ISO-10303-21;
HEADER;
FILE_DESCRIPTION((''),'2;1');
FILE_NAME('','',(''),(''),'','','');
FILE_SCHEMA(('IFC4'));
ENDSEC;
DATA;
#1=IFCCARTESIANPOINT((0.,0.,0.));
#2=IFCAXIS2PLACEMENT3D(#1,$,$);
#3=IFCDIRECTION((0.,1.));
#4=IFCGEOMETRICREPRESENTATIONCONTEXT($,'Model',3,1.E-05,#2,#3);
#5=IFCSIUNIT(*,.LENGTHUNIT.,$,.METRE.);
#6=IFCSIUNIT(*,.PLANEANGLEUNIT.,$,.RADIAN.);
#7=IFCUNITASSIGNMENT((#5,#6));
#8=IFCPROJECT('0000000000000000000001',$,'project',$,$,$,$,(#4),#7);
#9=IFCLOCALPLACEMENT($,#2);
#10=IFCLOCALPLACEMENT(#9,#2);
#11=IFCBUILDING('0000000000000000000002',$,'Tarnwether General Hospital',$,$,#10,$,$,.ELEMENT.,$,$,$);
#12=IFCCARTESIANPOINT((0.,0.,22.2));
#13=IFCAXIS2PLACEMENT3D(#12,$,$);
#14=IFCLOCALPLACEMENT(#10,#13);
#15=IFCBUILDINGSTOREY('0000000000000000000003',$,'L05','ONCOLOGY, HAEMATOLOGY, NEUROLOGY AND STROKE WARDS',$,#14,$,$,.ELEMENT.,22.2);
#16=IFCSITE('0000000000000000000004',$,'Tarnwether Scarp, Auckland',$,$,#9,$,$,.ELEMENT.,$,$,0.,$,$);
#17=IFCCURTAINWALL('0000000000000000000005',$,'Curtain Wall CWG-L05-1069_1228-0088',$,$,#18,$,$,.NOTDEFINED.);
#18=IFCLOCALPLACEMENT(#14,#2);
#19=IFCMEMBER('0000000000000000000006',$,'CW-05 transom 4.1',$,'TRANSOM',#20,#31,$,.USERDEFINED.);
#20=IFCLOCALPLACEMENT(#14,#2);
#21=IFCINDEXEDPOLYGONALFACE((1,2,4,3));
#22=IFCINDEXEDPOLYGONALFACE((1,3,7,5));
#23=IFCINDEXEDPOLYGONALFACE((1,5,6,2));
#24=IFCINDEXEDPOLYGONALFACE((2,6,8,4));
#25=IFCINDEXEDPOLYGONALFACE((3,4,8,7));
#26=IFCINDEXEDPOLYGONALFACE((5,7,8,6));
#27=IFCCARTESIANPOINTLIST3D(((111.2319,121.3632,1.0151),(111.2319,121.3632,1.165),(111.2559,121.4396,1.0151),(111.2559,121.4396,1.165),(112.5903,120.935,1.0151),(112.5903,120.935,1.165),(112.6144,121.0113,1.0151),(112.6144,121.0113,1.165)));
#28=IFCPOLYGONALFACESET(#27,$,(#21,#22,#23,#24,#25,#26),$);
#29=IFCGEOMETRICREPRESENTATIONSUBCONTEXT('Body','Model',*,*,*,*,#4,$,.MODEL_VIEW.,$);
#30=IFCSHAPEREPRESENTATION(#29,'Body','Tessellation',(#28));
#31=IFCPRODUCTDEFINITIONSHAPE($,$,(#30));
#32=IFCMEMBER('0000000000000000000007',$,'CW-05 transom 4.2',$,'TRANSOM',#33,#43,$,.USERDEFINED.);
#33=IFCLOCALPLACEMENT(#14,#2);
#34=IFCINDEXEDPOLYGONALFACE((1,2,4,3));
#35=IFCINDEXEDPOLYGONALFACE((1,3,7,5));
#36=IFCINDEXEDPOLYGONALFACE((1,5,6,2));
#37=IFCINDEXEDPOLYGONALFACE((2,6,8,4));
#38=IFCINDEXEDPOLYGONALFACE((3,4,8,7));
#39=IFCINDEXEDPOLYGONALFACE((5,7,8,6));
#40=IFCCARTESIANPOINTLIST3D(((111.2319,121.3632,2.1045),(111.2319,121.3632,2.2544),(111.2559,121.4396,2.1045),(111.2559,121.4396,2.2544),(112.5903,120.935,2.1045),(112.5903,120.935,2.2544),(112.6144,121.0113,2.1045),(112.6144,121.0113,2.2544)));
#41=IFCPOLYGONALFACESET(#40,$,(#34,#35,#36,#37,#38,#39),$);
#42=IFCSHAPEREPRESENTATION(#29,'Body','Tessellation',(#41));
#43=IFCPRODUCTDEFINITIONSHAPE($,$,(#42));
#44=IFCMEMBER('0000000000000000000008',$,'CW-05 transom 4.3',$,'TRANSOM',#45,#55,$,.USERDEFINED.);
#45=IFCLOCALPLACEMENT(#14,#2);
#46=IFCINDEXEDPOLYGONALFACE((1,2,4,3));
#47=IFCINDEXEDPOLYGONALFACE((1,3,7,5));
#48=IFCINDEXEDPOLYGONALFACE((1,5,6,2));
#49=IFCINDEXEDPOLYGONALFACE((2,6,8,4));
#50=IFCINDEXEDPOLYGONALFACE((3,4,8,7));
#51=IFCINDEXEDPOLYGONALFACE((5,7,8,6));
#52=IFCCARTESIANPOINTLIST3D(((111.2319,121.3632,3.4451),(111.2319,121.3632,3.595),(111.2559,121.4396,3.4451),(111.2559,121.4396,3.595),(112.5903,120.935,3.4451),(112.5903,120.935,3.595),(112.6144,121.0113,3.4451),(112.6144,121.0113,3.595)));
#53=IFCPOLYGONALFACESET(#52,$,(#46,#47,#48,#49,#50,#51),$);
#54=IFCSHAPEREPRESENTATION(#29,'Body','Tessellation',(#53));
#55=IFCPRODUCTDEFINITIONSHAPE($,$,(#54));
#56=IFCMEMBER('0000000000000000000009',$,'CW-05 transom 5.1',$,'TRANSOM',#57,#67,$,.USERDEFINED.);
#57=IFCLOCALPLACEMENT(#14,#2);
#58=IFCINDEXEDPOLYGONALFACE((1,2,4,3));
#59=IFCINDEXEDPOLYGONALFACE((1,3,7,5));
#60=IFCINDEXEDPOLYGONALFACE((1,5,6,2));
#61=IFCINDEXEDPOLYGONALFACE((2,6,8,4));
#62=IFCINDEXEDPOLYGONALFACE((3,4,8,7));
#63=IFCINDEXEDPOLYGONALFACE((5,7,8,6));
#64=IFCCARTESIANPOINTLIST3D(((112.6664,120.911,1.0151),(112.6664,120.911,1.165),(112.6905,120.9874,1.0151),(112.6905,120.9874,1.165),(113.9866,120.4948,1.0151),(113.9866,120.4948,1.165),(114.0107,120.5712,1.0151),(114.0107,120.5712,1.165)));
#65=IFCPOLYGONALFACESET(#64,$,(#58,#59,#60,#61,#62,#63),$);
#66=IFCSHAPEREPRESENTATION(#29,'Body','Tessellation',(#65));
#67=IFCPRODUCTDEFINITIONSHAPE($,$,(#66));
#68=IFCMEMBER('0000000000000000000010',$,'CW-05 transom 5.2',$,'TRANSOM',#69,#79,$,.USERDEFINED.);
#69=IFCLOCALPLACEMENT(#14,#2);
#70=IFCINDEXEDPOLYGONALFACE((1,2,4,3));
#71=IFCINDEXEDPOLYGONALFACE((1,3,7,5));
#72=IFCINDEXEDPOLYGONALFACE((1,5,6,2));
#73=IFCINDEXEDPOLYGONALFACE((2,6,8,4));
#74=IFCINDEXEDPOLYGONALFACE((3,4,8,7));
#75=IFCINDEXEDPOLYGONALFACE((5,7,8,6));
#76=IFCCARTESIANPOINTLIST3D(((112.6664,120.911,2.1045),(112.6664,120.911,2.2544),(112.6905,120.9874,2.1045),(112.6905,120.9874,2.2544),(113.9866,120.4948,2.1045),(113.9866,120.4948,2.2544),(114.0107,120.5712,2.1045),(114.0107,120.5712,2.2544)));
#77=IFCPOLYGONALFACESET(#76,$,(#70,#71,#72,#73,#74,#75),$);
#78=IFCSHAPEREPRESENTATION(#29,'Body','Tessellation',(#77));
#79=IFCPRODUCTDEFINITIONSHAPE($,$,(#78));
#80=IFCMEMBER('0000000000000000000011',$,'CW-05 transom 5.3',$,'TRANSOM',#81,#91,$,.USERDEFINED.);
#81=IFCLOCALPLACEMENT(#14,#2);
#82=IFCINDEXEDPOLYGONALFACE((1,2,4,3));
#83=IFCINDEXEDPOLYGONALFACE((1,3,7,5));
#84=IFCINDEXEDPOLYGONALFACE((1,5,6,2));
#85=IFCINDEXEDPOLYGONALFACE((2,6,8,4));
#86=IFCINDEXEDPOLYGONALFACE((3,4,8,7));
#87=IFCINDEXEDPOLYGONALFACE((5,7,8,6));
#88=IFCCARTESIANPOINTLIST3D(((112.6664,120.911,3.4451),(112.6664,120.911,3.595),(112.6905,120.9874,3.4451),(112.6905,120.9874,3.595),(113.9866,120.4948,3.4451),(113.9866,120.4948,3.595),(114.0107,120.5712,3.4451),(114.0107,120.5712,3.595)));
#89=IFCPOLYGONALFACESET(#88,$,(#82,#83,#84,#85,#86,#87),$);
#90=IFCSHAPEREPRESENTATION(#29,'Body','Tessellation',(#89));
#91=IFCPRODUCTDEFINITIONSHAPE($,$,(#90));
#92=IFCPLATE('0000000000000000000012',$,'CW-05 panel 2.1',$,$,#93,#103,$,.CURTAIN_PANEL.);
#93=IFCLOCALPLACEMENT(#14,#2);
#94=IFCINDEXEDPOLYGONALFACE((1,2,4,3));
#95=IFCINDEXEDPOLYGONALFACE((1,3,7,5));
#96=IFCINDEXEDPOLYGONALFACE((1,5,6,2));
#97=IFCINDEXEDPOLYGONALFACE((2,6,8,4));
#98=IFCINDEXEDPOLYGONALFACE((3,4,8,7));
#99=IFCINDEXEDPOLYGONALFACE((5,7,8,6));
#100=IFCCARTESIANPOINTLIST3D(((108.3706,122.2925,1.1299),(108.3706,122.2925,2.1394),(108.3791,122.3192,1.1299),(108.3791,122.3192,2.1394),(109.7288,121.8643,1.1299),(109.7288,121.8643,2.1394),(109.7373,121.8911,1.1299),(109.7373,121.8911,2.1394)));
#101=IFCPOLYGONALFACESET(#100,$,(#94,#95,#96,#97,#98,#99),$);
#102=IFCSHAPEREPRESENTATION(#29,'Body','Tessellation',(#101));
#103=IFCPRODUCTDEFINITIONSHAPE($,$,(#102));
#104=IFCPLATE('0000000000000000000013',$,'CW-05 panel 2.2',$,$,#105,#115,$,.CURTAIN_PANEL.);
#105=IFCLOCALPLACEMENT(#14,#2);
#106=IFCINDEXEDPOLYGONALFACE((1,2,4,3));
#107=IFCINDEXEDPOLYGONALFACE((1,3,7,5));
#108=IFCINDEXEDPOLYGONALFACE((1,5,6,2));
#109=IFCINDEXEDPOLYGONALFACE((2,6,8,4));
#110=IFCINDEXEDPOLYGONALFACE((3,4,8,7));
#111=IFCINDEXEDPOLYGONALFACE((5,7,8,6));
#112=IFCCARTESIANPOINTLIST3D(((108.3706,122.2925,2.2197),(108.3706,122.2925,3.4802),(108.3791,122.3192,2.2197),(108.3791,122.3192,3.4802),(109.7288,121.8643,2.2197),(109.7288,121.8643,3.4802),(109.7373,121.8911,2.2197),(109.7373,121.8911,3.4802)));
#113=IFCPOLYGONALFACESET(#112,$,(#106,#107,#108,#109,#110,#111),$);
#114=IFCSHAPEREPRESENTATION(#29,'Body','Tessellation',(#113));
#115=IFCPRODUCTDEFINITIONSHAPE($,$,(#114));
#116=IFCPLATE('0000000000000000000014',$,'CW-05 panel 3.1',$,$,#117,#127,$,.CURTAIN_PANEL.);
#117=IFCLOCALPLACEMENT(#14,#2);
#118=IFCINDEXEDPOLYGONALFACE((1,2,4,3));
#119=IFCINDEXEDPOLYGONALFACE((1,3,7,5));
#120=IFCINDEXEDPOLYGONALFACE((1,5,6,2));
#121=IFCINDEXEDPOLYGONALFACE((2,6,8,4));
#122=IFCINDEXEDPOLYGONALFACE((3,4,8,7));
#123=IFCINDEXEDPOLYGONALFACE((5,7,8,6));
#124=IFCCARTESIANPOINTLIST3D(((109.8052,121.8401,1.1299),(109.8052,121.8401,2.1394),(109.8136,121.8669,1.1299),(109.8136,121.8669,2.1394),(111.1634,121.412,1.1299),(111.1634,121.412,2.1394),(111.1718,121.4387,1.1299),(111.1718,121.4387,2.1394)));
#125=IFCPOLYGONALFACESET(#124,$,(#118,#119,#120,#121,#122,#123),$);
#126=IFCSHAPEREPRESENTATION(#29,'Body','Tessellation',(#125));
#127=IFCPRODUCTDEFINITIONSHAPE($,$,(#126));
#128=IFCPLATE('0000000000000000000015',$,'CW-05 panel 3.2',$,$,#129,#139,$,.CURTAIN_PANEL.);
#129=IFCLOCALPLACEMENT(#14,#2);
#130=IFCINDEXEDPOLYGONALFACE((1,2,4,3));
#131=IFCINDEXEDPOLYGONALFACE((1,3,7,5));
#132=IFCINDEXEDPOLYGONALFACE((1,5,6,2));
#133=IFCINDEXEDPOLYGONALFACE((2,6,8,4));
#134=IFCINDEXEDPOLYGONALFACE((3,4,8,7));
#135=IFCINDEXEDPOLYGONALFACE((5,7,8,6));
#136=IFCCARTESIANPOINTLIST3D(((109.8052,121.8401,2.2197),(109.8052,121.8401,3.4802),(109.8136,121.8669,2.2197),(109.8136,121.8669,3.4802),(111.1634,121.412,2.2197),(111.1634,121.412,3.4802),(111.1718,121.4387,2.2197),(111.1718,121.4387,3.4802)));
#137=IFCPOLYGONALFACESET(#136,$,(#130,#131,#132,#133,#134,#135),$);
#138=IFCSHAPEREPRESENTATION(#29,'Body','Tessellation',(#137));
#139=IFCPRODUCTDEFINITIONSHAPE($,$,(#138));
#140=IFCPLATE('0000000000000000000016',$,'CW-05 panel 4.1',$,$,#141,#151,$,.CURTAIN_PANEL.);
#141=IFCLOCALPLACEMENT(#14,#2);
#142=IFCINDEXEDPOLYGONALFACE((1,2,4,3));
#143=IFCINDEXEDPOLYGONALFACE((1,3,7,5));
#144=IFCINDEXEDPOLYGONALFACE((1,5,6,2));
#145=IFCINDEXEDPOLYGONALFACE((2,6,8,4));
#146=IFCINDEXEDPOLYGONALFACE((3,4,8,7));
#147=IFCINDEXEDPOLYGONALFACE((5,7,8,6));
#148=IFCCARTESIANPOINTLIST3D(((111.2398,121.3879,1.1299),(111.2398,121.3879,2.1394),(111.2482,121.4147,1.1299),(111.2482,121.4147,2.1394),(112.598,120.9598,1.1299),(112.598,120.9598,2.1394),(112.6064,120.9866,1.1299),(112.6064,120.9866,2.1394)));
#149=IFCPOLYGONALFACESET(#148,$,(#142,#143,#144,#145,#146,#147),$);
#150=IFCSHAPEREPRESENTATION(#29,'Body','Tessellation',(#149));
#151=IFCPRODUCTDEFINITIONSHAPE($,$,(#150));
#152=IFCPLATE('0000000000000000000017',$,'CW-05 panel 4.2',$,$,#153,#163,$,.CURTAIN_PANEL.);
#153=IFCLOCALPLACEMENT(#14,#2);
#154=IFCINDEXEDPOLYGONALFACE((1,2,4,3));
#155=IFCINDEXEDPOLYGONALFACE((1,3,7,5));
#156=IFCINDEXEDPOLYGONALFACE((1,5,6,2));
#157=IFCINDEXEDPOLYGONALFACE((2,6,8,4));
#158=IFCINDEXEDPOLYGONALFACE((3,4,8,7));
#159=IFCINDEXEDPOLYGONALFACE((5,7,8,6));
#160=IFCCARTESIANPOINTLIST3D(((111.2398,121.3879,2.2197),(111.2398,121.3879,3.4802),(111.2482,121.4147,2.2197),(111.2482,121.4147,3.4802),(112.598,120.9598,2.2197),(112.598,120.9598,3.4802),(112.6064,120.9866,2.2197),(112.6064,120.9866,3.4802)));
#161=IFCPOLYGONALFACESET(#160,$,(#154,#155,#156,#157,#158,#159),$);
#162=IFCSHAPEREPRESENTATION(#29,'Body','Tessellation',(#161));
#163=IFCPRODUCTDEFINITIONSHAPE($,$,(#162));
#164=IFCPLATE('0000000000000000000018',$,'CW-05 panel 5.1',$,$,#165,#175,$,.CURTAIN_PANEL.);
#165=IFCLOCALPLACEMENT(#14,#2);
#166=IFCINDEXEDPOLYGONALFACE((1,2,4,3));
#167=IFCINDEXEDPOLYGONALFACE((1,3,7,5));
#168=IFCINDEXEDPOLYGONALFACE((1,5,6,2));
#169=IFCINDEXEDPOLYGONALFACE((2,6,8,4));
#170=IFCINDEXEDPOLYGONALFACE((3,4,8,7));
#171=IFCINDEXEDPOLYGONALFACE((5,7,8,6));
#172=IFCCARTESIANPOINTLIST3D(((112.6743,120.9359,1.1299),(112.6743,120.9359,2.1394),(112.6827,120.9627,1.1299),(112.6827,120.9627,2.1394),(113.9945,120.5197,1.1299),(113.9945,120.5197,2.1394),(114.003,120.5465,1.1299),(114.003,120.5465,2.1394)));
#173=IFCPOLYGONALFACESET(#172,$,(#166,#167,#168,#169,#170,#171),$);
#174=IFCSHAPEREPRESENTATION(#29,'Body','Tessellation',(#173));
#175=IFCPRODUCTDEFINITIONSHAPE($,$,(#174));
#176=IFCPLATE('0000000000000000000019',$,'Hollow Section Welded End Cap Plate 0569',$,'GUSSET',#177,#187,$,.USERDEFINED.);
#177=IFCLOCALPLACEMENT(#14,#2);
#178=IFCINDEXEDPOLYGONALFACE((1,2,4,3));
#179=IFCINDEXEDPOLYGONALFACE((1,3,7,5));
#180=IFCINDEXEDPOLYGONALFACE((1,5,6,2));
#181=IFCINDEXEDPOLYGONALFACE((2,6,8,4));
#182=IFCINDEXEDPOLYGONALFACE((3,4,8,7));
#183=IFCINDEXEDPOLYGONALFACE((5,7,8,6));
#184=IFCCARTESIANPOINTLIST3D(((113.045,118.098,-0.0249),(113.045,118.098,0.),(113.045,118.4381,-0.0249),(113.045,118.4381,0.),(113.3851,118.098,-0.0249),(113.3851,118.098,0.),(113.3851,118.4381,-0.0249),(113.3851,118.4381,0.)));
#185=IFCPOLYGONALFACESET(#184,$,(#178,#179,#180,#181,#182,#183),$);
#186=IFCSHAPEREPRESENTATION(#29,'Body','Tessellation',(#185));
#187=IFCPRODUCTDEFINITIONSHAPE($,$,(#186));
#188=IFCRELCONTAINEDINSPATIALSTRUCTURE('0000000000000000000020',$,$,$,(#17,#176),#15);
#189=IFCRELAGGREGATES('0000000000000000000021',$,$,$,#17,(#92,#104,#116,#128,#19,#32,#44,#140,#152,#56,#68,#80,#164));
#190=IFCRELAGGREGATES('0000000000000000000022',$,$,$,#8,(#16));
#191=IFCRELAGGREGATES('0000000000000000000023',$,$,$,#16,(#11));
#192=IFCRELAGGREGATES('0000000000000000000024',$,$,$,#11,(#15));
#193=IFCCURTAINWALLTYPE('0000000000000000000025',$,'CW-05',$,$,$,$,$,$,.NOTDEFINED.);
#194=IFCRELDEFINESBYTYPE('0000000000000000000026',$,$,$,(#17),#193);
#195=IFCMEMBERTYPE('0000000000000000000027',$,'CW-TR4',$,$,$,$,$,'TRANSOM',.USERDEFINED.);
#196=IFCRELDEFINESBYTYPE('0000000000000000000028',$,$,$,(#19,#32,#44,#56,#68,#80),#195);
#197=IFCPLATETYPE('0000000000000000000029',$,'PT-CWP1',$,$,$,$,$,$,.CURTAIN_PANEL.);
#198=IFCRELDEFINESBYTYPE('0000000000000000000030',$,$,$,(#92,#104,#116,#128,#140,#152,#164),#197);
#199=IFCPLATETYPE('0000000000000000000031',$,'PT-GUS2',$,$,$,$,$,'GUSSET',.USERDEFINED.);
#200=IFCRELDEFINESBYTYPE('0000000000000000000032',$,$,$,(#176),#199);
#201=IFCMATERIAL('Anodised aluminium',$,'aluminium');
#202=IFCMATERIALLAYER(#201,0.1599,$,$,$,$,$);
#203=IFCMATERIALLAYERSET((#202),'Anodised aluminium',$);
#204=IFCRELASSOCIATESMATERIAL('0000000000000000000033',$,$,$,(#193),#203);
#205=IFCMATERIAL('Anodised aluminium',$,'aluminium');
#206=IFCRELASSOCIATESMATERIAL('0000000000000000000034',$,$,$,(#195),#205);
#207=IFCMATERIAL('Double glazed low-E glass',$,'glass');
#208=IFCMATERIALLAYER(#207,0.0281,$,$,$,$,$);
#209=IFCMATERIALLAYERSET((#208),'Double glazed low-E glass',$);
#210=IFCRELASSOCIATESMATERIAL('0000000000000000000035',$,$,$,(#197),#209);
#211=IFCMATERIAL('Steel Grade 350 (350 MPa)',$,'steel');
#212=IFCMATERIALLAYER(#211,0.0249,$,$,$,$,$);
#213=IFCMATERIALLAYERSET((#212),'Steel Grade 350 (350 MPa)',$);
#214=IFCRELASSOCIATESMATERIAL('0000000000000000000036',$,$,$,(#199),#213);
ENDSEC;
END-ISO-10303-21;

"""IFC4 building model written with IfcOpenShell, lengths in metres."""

from ifc_helpers import new_model, si_unit, direction, frame, origin, origin_2d, place, context, subcontext, project, spatial, rectangle, extrude, material, layer, layer_set, material_profile, profile_set, type_object, element, aggregate, save


model = new_model("IFC4")

# Units and contexts
model_context = context("Model", 3, precision=1e-05, world=origin(), true_north=direction((0.0, 1.0)))
body_context = subcontext(model_context, "Body", "Model", "MODEL_VIEW")
ifc_project = project(units=[si_unit("LENGTHUNIT", "METRE"), si_unit("PLANEANGLEUNIT", "RADIAN")], contexts=[model_context])

# Site, building, storey
site_placement = place(None, origin())
site = spatial("IfcSite", under=ifc_project, at=site_placement, Name="Tarnwether Scarp, Auckland", CompositionType="ELEMENT", RefElevation=0.0)
building_placement = place(site_placement, origin())
building = spatial("IfcBuilding", under=site, at=building_placement, Name="Tarnwether General Hospital", CompositionType="ELEMENT")
storey_placement = place(building_placement, frame((0.0, 0.0, 22.2)))
storey = spatial("IfcBuildingStorey", under=building, at=storey_placement, Name="L05", Description="ONCOLOGY, HAEMATOLOGY, NEUROLOGY AND STROKE WARDS", CompositionType="ELEMENT", Elevation=22.2)

# Curtain wall, members, plates
ifc_material_1 = material(Name="Anodised aluminium", Category="aluminium")
ifc_layer_1 = layer(ifc_material_1, 0.1599)
ifc_layer_set_1 = layer_set([ifc_layer_1], Name="Anodised aluminium")
curtain_wall_type = type_object("IfcCurtainWallType", Name="CW-05", PredefinedType="NOTDEFINED", material=ifc_layer_set_1)
curtain_wall_placement = place(storey_placement, origin())
curtain_wall = element("IfcCurtainWall", 1, at=curtain_wall_placement, inside=storey, type_object=curtain_wall_type, Name="Curtain Wall CWG-L05-1069_1228-0088", PredefinedType="NOTDEFINED")
ifc_material_2 = material(Name="Anodised aluminium", Category="aluminium")
ifc_material_profile_1 = material_profile(ifc_material_2, rectangle(XDim=0.0801, YDim=0.1499, at=origin_2d()), Name="ALU-TRN-80x150")
ifc_profile_set_1 = profile_set([ifc_material_profile_1], Name="Anodised aluminium")
member_type_1 = type_object("IfcMemberType", Name="CW-TR4", ElementType="TRANSOM", PredefinedType="USERDEFINED", material=ifc_profile_set_1)
member_1_placement = place(storey_placement, frame((111.2439, 121.4014, 1.0901), z_axis=(0.953733, -0.300656, 0.0), x_axis=(0.300656, 0.953733, 0.0)))
member_1 = element("IfcMember", 2, at=member_1_placement, type_object=member_type_1, Name="CW-05 transom 4.1", ObjectType="TRANSOM", PredefinedType="USERDEFINED", context=body_context, shape_type="SweptSolid", body=[
    extrude(rectangle(XDim=0.0801, YDim=0.1499, at=origin_2d()), origin(), (0.0, 0.0, 1.0), 1.4243),
])
member_2_placement = place(storey_placement, frame((111.2439, 121.4014, 2.1794), z_axis=(0.953733, -0.300656, 0.0), x_axis=(0.300656, 0.953733, 0.0)))
member_2 = element("IfcMember", 3, at=member_2_placement, type_object=member_type_1, Name="CW-05 transom 4.2", ObjectType="TRANSOM", PredefinedType="USERDEFINED", context=body_context, shape_type="SweptSolid", body=[
    extrude(rectangle(XDim=0.0801, YDim=0.1499, at=origin_2d()), origin(), (0.0, 0.0, 1.0), 1.4243),
])
member_3_placement = place(storey_placement, frame((111.2439, 121.4014, 3.52), z_axis=(0.953733, -0.300656, 0.0), x_axis=(0.300656, 0.953733, 0.0)))
member_3 = element("IfcMember", 4, at=member_3_placement, type_object=member_type_1, Name="CW-05 transom 4.3", ObjectType="TRANSOM", PredefinedType="USERDEFINED", context=body_context, shape_type="SweptSolid", body=[
    extrude(rectangle(XDim=0.0801, YDim=0.1499, at=origin_2d()), origin(), (0.0, 0.0, 1.0), 1.4243),
])
member_4_placement = place(storey_placement, frame((112.6785, 120.9492, 1.0901), z_axis=(0.953724, -0.300684, 0.0), x_axis=(0.300684, 0.953724, 0.0)))
member_4 = element("IfcMember", 5, at=member_4_placement, type_object=member_type_1, Name="CW-05 transom 5.1", ObjectType="TRANSOM", PredefinedType="USERDEFINED", context=body_context, shape_type="SweptSolid", body=[
    extrude(rectangle(XDim=0.0801, YDim=0.1499, at=origin_2d()), origin(), (0.0, 0.0, 1.0), 1.3843),
])
member_5_placement = place(storey_placement, frame((112.6785, 120.9492, 2.1794), z_axis=(0.953724, -0.300684, 0.0), x_axis=(0.300684, 0.953724, 0.0)))
member_5 = element("IfcMember", 6, at=member_5_placement, type_object=member_type_1, Name="CW-05 transom 5.2", ObjectType="TRANSOM", PredefinedType="USERDEFINED", context=body_context, shape_type="SweptSolid", body=[
    extrude(rectangle(XDim=0.0801, YDim=0.1499, at=origin_2d()), origin(), (0.0, 0.0, 1.0), 1.3843),
])
member_6_placement = place(storey_placement, frame((112.6785, 120.9492, 3.52), z_axis=(0.953724, -0.300684, 0.0), x_axis=(0.300684, 0.953724, 0.0)))
member_6 = element("IfcMember", 7, at=member_6_placement, type_object=member_type_1, Name="CW-05 transom 5.3", ObjectType="TRANSOM", PredefinedType="USERDEFINED", context=body_context, shape_type="SweptSolid", body=[
    extrude(rectangle(XDim=0.0801, YDim=0.1499, at=origin_2d()), origin(), (0.0, 0.0, 1.0), 1.3843),
])
ifc_material_3 = material(Name="Double glazed low-E glass", Category="glass")
ifc_layer_2 = layer(ifc_material_3, 0.0281)
ifc_layer_set_2 = layer_set([ifc_layer_2], Name="Double glazed low-E glass")
plate_type_1 = type_object("IfcPlateType", Name="PT-CWP1", PredefinedType="CURTAIN_PANEL", material=ifc_layer_set_2)
plate_1_placement = place(storey_placement, frame((109.054, 122.0918, 1.1299), z_axis=(0.0, 0.0, 1.0), x_axis=(0.953741, -0.300629, 0.0)))
plate_1 = element("IfcPlate", 8, at=plate_1_placement, type_object=plate_type_1, Name="CW-05 panel 2.1", PredefinedType="CURTAIN_PANEL", context=body_context, shape_type="SweptSolid", body=[
    extrude(rectangle(XDim=1.4241, YDim=0.0281, at=origin_2d()), origin(), (0.0, 0.0, 1.0), 1.0095),
])
plate_2_placement = place(storey_placement, frame((109.054, 122.0918, 2.2197), z_axis=(0.0, 0.0, 1.0), x_axis=(0.953741, -0.300629, 0.0)))
plate_2 = element("IfcPlate", 9, at=plate_2_placement, type_object=plate_type_1, Name="CW-05 panel 2.2", PredefinedType="CURTAIN_PANEL", context=body_context, shape_type="SweptSolid", body=[
    extrude(rectangle(XDim=1.4241, YDim=0.0281, at=origin_2d()), origin(), (0.0, 0.0, 1.0), 1.2605),
])
plate_3_placement = place(storey_placement, frame((110.4885, 121.6394, 1.1299), z_axis=(0.0, 0.0, 1.0), x_axis=(0.953741, -0.300629, 0.0)))
plate_3 = element("IfcPlate", 10, at=plate_3_placement, type_object=plate_type_1, Name="CW-05 panel 3.1", PredefinedType="CURTAIN_PANEL", context=body_context, shape_type="SweptSolid", body=[
    extrude(rectangle(XDim=1.4241, YDim=0.0281, at=origin_2d()), origin(), (0.0, 0.0, 1.0), 1.0095),
])
plate_4_placement = place(storey_placement, frame((110.4885, 121.6394, 2.2197), z_axis=(0.0, 0.0, 1.0), x_axis=(0.953741, -0.300629, 0.0)))
plate_4 = element("IfcPlate", 11, at=plate_4_placement, type_object=plate_type_1, Name="CW-05 panel 3.2", PredefinedType="CURTAIN_PANEL", context=body_context, shape_type="SweptSolid", body=[
    extrude(rectangle(XDim=1.4241, YDim=0.0281, at=origin_2d()), origin(), (0.0, 0.0, 1.0), 1.2605),
])
plate_5_placement = place(storey_placement, frame((111.9231, 121.1873, 1.1299), z_axis=(0.0, 0.0, 1.0), x_axis=(0.953741, -0.300629, 0.0)))
plate_5 = element("IfcPlate", 12, at=plate_5_placement, type_object=plate_type_1, Name="CW-05 panel 4.1", PredefinedType="CURTAIN_PANEL", context=body_context, shape_type="SweptSolid", body=[
    extrude(rectangle(XDim=1.4241, YDim=0.0281, at=origin_2d()), origin(), (0.0, 0.0, 1.0), 1.0095),
])
plate_6_placement = place(storey_placement, frame((111.9231, 121.1873, 2.2197), z_axis=(0.0, 0.0, 1.0), x_axis=(0.953741, -0.300629, 0.0)))
plate_6 = element("IfcPlate", 13, at=plate_6_placement, type_object=plate_type_1, Name="CW-05 panel 4.2", PredefinedType="CURTAIN_PANEL", context=body_context, shape_type="SweptSolid", body=[
    extrude(rectangle(XDim=1.4241, YDim=0.0281, at=origin_2d()), origin(), (0.0, 0.0, 1.0), 1.2605),
])
plate_7_placement = place(storey_placement, frame((113.3386, 120.7412, 1.1299), z_axis=(0.0, 0.0, 1.0), x_axis=(0.953741, -0.300629, 0.0)))
plate_7 = element("IfcPlate", 14, at=plate_7_placement, type_object=plate_type_1, Name="CW-05 panel 5.1", PredefinedType="CURTAIN_PANEL", context=body_context, shape_type="SweptSolid", body=[
    extrude(rectangle(XDim=1.3843, YDim=0.0281, at=origin_2d()), origin(), (0.0, 0.0, 1.0), 1.0095),
])
aggregate(curtain_wall, [plate_1, plate_2, plate_3, plate_4, member_1, member_2, member_3, plate_5, plate_6, member_4, member_5, member_6, plate_7])

# Plate
ifc_material_4 = material(Name="Steel Grade 350 (350 MPa)", Category="steel")
ifc_layer_3 = layer(ifc_material_4, 0.0249)
ifc_layer_set_3 = layer_set([ifc_layer_3], Name="Steel Grade 350 (350 MPa)")
plate_type_2 = type_object("IfcPlateType", Name="PT-GUS2", ElementType="GUSSET", PredefinedType="USERDEFINED", material=ifc_layer_set_3)
for number, where, z_axis, x_axis, name in (
    (15, (113.2151, 118.2681, -0.0249), (0.0, 0.0, 1.0), (1.0, 0.0, 0.0), "Hollow Section Welded End Cap Plate 0569"),
):
    element("IfcPlate", number, at=place(storey_placement, frame(where, z_axis=z_axis, x_axis=x_axis)), inside=storey, type_object=plate_type_2, Name=name, ObjectType="GUSSET", PredefinedType="USERDEFINED", context=body_context, shape_type="SweptSolid", body=[
        extrude(rectangle(XDim=0.3401, YDim=0.3401, at=origin_2d()), origin(), (0.0, 0.0, 1.0), 0.0249),
    ])

save(model, "model.ifc")
